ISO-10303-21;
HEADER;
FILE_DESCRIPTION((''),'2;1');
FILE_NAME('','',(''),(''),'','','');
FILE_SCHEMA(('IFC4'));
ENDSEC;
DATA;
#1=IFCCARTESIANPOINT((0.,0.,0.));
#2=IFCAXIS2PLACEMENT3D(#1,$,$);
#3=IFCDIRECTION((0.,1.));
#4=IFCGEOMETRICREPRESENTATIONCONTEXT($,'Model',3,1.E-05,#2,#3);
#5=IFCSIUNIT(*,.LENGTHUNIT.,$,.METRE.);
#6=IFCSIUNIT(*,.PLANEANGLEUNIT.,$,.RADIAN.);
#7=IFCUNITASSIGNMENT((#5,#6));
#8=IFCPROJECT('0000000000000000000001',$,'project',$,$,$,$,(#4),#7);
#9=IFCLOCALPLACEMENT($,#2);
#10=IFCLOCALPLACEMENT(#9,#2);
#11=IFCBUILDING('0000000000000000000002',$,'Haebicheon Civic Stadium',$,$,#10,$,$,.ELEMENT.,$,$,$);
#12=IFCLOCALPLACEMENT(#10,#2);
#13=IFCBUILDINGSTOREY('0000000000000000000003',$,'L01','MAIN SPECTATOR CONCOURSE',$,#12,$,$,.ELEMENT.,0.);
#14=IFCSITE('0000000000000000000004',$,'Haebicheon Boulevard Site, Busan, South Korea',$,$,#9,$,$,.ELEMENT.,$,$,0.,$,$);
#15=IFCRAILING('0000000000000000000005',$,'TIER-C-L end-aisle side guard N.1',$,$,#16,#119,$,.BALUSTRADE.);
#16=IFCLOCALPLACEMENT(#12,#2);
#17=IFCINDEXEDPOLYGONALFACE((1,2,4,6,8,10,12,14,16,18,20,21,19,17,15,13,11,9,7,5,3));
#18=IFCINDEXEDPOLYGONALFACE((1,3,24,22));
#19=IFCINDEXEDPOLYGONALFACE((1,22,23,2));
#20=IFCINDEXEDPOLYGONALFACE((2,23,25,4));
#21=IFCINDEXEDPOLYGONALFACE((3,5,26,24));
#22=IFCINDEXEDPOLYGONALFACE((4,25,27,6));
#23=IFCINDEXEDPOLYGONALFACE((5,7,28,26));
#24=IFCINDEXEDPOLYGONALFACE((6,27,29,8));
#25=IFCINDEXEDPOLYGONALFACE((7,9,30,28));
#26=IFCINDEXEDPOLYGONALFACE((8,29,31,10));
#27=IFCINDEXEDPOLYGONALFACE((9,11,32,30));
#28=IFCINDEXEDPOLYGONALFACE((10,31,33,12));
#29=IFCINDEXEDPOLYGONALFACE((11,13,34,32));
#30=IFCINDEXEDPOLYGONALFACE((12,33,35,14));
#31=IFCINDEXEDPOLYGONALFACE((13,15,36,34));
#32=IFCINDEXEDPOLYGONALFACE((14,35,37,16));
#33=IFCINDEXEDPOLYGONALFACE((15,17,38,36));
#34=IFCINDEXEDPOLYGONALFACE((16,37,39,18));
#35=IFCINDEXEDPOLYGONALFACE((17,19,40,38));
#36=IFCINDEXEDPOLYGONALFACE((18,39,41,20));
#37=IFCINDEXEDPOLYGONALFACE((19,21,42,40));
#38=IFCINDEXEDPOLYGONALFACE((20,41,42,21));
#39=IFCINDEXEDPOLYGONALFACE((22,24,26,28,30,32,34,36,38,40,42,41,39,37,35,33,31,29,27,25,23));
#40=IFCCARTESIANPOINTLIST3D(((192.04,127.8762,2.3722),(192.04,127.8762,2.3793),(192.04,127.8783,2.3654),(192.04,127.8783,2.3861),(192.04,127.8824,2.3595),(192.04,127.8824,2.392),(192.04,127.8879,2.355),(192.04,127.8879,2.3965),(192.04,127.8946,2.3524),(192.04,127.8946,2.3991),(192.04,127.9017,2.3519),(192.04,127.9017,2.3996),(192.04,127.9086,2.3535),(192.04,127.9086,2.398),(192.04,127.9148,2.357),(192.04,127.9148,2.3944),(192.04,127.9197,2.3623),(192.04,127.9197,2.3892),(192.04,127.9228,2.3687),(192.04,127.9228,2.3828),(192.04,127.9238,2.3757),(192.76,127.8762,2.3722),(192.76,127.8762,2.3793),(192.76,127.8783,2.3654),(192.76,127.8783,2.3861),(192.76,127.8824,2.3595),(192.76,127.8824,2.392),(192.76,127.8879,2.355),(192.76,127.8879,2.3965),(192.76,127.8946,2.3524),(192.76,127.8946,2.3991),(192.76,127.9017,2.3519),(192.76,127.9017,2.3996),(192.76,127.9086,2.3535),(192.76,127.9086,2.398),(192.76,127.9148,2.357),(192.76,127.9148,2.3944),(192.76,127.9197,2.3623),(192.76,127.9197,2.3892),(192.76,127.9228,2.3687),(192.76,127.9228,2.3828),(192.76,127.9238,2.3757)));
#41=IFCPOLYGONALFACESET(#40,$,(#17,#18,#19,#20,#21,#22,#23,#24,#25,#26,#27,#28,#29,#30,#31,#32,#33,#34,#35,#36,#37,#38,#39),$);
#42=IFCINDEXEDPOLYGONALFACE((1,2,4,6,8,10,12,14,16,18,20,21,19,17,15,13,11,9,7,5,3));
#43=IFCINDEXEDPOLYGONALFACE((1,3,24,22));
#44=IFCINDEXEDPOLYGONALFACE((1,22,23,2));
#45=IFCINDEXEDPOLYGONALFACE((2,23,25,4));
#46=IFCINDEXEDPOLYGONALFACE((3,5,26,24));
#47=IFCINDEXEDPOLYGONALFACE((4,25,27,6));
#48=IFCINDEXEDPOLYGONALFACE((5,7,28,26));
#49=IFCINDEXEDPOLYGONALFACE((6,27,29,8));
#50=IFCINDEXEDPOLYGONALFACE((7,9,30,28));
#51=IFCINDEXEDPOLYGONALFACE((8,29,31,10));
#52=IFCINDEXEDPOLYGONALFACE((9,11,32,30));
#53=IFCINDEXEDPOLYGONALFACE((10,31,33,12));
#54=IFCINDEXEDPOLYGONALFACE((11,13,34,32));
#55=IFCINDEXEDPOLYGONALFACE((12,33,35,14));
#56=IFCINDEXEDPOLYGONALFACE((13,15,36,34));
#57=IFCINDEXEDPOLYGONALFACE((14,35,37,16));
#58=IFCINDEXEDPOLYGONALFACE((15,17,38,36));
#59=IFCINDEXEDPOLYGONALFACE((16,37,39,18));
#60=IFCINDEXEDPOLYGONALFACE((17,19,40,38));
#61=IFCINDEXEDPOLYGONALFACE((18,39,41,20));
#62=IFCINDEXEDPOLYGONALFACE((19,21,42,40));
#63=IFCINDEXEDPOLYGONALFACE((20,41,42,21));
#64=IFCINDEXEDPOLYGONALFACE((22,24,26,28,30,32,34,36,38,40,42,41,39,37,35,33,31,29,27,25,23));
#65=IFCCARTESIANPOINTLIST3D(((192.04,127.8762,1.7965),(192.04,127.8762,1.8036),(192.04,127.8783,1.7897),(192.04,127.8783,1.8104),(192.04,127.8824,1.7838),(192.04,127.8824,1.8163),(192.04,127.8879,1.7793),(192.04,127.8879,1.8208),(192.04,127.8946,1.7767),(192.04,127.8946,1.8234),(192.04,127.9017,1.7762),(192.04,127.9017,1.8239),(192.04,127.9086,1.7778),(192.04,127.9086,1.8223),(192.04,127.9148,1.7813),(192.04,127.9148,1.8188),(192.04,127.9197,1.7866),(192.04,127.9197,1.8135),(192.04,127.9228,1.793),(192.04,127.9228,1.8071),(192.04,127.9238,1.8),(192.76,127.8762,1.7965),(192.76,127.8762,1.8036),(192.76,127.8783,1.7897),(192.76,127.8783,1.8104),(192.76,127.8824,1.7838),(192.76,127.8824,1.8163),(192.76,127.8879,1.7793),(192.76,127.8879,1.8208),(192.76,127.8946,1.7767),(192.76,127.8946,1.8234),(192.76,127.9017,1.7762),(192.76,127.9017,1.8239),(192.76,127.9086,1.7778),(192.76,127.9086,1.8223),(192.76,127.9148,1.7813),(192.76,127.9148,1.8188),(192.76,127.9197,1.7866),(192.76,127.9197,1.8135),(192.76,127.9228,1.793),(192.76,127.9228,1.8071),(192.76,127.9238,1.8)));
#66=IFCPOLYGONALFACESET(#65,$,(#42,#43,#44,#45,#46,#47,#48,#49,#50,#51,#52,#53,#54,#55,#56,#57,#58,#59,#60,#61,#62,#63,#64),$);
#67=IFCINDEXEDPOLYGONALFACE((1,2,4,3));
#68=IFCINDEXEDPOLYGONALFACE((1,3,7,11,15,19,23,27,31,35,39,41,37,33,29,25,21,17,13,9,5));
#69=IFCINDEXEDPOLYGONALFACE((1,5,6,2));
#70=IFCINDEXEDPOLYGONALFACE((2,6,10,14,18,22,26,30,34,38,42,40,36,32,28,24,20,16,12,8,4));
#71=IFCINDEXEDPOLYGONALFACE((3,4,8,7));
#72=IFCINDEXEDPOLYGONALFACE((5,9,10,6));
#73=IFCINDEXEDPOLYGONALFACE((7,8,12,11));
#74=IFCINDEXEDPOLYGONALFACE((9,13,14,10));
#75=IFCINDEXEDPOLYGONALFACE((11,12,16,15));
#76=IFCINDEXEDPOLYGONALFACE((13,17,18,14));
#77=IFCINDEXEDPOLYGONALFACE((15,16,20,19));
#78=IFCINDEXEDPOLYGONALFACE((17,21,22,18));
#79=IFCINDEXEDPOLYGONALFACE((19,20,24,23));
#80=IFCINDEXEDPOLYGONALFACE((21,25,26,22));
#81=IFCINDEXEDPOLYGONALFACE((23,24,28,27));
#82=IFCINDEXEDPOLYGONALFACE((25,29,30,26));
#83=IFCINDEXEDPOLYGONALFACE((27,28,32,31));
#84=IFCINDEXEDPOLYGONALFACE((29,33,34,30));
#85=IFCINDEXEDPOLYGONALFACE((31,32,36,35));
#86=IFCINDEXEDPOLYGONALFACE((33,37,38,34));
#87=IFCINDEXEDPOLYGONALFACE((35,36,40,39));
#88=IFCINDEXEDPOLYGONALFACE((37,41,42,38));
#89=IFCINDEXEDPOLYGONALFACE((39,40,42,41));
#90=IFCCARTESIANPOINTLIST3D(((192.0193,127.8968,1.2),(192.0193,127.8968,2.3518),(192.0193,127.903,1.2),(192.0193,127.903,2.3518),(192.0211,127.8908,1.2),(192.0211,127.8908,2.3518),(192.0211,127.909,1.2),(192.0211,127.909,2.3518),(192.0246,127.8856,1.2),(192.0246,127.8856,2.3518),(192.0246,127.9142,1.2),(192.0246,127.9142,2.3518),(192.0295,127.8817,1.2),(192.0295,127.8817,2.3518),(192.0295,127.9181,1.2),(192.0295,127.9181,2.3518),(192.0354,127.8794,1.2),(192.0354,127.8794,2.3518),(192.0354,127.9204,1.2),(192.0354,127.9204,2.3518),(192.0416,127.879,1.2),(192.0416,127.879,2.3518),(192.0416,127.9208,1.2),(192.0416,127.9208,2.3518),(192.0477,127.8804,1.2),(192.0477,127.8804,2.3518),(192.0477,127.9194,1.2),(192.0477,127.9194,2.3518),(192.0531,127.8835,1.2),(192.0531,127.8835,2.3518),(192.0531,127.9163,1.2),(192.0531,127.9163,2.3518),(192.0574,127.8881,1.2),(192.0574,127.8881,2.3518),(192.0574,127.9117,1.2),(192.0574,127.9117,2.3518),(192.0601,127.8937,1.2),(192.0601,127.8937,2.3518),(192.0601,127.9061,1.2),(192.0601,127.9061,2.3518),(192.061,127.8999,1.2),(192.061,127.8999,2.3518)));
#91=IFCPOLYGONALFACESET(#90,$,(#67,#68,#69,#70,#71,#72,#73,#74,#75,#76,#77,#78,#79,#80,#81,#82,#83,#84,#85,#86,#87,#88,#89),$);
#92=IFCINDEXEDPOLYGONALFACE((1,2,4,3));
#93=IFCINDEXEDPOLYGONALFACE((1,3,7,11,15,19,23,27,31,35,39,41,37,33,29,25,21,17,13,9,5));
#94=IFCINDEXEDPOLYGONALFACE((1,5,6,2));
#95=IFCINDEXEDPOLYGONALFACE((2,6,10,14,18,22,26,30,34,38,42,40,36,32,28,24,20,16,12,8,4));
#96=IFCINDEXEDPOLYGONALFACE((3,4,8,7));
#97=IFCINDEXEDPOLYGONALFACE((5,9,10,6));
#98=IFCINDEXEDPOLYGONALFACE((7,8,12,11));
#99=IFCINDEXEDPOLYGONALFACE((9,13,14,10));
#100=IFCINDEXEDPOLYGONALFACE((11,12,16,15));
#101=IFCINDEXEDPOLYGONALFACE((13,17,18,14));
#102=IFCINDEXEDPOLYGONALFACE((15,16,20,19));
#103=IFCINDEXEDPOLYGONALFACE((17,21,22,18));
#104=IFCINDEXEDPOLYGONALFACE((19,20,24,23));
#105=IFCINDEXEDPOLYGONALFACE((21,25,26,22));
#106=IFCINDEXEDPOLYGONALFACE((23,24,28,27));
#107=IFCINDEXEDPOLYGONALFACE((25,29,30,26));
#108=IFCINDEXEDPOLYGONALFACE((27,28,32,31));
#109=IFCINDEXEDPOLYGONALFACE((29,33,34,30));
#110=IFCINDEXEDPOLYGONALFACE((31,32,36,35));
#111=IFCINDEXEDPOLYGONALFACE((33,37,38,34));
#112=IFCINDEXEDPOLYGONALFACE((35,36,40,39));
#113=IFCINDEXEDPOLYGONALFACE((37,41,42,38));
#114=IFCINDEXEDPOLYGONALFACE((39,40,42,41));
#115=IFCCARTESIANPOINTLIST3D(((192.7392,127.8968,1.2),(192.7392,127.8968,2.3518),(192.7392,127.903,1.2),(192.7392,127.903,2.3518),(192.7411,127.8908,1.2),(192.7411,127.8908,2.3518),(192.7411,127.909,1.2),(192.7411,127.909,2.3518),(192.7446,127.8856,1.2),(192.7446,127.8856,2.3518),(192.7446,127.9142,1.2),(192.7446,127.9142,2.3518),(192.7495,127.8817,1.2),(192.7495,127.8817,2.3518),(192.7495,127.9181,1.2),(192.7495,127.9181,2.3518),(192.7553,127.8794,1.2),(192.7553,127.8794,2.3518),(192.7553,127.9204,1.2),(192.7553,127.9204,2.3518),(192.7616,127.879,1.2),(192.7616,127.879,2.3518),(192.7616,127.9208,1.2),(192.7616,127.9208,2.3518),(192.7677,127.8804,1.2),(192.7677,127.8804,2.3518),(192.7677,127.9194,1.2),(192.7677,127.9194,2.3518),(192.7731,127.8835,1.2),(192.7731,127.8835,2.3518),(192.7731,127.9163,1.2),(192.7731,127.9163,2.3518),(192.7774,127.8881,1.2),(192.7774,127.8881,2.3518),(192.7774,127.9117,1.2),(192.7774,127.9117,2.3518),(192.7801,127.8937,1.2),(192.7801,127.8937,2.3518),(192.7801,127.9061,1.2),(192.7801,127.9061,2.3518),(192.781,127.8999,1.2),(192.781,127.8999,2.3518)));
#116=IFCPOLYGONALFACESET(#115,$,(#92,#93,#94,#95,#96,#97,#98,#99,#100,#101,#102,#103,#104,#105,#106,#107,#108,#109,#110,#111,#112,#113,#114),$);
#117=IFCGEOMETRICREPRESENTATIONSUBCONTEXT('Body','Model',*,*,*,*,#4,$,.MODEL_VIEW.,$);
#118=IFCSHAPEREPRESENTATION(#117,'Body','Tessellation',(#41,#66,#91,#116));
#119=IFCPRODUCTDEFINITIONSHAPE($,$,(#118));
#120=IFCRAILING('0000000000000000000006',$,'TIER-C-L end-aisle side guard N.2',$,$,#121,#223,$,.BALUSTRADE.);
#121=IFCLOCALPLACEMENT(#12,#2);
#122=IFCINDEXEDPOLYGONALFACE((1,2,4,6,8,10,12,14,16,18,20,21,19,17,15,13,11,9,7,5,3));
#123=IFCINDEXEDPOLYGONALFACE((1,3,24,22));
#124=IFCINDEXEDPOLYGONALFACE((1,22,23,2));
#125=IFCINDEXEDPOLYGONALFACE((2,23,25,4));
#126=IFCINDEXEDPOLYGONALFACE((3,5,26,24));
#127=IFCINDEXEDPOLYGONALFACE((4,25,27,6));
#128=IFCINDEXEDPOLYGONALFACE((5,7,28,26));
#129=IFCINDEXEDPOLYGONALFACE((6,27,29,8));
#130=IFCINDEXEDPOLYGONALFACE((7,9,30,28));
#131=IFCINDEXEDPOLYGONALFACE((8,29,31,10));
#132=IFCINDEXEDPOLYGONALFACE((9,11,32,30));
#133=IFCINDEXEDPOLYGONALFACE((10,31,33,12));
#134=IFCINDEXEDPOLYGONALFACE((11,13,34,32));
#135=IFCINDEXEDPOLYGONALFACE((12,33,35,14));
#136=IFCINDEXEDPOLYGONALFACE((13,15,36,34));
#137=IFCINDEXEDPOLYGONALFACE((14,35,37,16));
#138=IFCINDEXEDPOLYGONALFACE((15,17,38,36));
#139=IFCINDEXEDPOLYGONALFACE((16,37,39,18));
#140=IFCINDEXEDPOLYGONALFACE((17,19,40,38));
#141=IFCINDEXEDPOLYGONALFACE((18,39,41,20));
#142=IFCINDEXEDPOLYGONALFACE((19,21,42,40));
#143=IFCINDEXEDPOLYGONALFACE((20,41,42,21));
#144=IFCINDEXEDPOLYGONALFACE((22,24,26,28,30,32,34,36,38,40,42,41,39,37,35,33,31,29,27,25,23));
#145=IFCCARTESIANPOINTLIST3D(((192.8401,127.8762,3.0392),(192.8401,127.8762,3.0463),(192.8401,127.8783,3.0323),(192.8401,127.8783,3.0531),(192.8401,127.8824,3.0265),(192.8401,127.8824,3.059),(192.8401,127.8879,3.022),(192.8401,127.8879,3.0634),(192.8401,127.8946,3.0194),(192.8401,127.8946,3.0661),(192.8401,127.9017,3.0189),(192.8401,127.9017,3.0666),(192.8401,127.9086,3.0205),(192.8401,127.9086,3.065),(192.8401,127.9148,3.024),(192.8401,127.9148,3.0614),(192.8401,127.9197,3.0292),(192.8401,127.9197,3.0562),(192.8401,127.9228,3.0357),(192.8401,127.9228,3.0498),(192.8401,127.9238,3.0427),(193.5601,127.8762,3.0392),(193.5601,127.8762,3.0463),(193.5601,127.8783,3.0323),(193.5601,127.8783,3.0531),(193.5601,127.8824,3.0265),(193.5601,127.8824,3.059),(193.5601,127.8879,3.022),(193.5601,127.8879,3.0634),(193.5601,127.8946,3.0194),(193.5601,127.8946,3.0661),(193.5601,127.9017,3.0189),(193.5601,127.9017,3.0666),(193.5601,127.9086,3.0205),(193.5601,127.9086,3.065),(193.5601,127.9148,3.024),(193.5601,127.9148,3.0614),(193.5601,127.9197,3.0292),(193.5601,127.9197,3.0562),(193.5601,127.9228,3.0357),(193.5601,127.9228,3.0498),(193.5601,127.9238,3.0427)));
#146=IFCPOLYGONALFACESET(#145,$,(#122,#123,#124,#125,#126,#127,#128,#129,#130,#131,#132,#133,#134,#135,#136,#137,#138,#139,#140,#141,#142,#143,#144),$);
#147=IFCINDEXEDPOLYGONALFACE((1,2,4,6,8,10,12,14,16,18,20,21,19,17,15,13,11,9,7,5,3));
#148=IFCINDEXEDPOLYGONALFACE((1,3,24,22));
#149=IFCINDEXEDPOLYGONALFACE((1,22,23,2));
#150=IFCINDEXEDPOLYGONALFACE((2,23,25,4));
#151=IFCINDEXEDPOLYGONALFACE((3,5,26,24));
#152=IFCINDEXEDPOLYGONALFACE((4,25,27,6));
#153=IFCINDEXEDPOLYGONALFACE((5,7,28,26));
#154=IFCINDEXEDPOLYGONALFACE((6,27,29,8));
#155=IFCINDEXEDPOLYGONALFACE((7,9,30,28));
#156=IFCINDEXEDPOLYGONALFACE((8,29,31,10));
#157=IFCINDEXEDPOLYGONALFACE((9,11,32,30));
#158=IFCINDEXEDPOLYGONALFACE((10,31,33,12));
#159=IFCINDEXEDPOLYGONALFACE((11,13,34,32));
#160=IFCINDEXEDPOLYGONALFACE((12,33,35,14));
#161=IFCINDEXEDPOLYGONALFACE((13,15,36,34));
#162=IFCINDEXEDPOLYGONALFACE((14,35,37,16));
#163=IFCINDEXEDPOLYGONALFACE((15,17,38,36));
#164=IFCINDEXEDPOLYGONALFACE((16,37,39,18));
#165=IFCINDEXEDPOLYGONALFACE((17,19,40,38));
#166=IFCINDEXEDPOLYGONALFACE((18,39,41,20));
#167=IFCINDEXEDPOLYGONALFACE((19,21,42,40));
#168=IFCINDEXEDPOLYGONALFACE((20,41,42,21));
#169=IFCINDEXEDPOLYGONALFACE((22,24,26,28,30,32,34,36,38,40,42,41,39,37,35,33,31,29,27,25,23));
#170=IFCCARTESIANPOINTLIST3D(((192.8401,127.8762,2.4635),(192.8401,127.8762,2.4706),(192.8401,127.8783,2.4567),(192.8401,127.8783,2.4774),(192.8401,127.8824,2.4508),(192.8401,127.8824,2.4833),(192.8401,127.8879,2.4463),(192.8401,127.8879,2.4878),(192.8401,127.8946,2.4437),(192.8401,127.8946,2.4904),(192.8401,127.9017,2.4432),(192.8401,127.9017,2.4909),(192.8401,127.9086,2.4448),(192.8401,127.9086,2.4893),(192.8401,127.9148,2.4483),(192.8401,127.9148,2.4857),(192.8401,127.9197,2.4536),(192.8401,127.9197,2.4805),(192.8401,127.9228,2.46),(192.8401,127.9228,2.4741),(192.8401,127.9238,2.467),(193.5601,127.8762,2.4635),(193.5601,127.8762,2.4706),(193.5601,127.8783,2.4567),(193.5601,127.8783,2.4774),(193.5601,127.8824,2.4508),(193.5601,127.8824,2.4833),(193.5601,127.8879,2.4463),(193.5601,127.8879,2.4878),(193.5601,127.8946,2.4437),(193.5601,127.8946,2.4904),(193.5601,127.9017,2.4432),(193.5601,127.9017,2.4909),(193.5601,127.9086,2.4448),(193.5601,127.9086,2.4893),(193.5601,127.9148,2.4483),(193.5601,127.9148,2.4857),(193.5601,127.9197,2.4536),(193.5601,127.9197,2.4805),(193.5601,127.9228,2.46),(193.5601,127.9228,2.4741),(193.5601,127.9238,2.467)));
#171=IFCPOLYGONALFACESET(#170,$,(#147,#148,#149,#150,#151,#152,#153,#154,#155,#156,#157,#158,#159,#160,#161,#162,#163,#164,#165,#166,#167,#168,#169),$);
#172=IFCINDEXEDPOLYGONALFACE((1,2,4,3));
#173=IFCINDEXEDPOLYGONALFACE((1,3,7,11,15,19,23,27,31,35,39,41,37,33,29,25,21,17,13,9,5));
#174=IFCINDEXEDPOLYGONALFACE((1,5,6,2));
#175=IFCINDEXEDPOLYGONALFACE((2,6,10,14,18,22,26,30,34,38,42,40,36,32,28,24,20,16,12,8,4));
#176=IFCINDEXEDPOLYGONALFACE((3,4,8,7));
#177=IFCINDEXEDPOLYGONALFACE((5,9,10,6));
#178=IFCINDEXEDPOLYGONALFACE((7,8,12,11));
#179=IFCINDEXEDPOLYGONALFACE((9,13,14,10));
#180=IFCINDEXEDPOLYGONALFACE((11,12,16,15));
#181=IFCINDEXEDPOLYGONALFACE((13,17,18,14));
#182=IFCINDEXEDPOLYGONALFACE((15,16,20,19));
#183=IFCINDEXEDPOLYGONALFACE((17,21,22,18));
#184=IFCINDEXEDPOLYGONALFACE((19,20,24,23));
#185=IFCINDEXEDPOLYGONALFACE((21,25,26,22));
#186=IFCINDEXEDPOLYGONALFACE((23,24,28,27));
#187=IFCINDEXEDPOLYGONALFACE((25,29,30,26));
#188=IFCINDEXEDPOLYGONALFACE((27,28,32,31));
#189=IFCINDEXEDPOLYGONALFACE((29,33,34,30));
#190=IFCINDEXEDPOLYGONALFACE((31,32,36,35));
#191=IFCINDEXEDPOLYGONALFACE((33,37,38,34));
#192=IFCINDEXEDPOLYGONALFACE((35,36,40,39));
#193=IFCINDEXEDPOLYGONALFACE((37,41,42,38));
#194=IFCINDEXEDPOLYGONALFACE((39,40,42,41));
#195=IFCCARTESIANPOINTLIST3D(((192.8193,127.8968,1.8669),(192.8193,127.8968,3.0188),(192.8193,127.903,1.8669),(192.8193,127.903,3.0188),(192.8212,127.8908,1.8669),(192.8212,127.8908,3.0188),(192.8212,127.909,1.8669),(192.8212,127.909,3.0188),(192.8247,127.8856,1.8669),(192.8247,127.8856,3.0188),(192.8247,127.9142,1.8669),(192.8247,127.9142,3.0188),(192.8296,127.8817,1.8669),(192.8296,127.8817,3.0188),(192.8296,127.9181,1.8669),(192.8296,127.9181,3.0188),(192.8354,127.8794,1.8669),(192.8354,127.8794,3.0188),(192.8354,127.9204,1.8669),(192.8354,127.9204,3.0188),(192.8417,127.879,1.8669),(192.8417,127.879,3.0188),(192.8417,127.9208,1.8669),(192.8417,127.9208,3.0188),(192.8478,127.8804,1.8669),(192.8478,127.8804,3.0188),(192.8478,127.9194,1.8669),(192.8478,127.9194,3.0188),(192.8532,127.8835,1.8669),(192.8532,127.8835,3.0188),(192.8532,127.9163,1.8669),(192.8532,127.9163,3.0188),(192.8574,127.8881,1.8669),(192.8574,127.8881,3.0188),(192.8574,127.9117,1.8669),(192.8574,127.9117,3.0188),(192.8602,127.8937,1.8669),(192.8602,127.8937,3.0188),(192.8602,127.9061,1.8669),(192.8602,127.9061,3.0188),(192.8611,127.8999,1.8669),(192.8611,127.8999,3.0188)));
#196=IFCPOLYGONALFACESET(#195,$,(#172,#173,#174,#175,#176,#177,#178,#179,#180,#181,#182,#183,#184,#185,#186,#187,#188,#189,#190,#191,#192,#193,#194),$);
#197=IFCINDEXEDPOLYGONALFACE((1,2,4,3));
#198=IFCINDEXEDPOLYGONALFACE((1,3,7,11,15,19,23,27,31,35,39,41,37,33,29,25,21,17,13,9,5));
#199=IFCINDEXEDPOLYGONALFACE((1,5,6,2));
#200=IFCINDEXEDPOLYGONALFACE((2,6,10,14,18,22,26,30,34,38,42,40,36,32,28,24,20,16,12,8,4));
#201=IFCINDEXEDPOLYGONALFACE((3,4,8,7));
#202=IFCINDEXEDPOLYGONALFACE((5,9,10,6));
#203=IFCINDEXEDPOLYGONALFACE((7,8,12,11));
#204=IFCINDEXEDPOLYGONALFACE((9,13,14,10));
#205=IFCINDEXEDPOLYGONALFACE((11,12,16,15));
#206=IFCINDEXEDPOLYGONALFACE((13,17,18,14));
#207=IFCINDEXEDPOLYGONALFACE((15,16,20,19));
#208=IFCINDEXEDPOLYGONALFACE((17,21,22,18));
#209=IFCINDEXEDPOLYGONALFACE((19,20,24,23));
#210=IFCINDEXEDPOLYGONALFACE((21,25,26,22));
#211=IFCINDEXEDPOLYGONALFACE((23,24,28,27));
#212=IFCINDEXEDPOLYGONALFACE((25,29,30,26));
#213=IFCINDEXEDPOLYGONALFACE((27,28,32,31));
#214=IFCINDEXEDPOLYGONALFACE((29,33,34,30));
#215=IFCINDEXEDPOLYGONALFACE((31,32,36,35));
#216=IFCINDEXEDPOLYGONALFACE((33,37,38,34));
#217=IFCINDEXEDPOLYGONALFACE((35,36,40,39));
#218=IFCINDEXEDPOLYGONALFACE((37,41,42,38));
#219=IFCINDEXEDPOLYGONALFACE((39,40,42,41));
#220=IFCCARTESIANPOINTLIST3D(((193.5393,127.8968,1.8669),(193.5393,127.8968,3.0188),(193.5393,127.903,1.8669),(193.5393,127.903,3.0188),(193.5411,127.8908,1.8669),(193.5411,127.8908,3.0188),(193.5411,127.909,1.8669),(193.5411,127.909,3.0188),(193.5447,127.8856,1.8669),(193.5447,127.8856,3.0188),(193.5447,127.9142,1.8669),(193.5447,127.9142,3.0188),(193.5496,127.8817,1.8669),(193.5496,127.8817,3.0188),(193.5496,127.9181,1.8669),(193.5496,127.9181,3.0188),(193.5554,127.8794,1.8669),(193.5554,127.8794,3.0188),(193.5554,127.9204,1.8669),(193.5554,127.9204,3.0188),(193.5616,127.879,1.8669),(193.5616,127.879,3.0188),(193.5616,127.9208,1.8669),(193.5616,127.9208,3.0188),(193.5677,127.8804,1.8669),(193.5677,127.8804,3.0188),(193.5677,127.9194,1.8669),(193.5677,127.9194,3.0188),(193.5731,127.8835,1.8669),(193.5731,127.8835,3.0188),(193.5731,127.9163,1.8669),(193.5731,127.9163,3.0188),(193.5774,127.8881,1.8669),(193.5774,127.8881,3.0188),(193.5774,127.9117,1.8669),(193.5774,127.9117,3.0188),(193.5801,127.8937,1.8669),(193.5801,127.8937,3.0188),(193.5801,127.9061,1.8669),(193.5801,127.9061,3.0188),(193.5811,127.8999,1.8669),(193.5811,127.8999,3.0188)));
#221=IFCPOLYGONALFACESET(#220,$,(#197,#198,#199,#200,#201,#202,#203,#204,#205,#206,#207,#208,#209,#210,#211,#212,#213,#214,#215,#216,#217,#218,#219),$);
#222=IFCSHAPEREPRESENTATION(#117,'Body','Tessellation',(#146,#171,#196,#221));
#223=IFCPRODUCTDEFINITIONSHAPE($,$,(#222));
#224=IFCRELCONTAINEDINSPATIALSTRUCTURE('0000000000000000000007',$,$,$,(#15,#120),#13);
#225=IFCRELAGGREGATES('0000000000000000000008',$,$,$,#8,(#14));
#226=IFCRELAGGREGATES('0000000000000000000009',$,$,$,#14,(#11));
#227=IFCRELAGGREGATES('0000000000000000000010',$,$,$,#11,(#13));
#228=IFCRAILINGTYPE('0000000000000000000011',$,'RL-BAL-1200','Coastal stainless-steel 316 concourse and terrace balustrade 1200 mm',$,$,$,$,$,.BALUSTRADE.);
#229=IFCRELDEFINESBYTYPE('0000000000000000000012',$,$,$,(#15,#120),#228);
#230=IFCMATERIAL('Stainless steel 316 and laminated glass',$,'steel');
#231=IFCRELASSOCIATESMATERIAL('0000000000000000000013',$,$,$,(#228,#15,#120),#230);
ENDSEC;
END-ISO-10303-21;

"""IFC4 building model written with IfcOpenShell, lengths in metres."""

from ifc_helpers import new_model, si_unit, direction, frame, origin, origin_2d, place, context, subcontext, project, spatial, circle, extrude, material, type_object, element, save


model = new_model("IFC4")

# Units and contexts
model_context = context("Model", 3, precision=1e-05, world=origin(), true_north=direction((0.0, 1.0)))
body_context = subcontext(model_context, "Body", "Model", "MODEL_VIEW")
ifc_project = project(units=[si_unit("LENGTHUNIT", "METRE"), si_unit("PLANEANGLEUNIT", "RADIAN")], contexts=[model_context])

# Site, building, storey
site_placement = place(None, origin())
site = spatial("IfcSite", under=ifc_project, at=site_placement, Name="Haebicheon Boulevard Site, Busan, South Korea", CompositionType="ELEMENT", RefElevation=0.0)
building_placement = place(site_placement, origin())
building = spatial("IfcBuilding", under=site, at=building_placement, Name="Haebicheon Civic Stadium", CompositionType="ELEMENT")
storey_placement = place(building_placement, origin())
storey = spatial("IfcBuildingStorey", under=building, at=storey_placement, Name="L01", Description="MAIN SPECTATOR CONCOURSE", CompositionType="ELEMENT", Elevation=0.0)

# Railings
ifc_material_1 = material(Name="Stainless steel 316 and laminated glass", Category="steel")
railing_type = type_object("IfcRailingType", Name="RL-BAL-1200", Description="Coastal stainless-steel 316 concourse and terrace balustrade 1200 mm", PredefinedType="BALUSTRADE", material=ifc_material_1)
for number, where, name in (
    (1, (192.04, 127.8999, 1.2), "TIER-C-L end-aisle side guard N.1"),
    (2, (192.8401, 127.8999, 1.8669), "TIER-C-L end-aisle side guard N.2"),
):
    element("IfcRailing", number, at=place(storey_placement, frame(where)), inside=storey, type_object=railing_type, material=ifc_material_1, Name=name, PredefinedType="BALUSTRADE", context=body_context, shape_type="SweptSolid", body=[
        extrude(circle(Radius=0.0239, at=origin_2d()), frame((0.0, 0.0, 1.1758), z_axis=(1.0, 0.0, 0.0), x_axis=(0.0, 1.0, 0.0)), (0.0, 0.0, 1.0), 0.72),
        extrude(circle(Radius=0.0239, at=origin_2d()), frame((0.0, 0.0, 0.6001), z_axis=(1.0, 0.0, 0.0), x_axis=(0.0, 1.0, 0.0)), (0.0, 0.0, 1.0), 0.72),
        extrude(circle(Radius=0.021, at=origin_2d()), origin(), (0.0, 0.0, 1.0), 1.1519),
        extrude(circle(Radius=0.021, at=origin_2d()), frame((0.72, 0.0, 0.0)), (0.0, 0.0, 1.0), 1.1519),
    ])

save(model, "model.ifc")
